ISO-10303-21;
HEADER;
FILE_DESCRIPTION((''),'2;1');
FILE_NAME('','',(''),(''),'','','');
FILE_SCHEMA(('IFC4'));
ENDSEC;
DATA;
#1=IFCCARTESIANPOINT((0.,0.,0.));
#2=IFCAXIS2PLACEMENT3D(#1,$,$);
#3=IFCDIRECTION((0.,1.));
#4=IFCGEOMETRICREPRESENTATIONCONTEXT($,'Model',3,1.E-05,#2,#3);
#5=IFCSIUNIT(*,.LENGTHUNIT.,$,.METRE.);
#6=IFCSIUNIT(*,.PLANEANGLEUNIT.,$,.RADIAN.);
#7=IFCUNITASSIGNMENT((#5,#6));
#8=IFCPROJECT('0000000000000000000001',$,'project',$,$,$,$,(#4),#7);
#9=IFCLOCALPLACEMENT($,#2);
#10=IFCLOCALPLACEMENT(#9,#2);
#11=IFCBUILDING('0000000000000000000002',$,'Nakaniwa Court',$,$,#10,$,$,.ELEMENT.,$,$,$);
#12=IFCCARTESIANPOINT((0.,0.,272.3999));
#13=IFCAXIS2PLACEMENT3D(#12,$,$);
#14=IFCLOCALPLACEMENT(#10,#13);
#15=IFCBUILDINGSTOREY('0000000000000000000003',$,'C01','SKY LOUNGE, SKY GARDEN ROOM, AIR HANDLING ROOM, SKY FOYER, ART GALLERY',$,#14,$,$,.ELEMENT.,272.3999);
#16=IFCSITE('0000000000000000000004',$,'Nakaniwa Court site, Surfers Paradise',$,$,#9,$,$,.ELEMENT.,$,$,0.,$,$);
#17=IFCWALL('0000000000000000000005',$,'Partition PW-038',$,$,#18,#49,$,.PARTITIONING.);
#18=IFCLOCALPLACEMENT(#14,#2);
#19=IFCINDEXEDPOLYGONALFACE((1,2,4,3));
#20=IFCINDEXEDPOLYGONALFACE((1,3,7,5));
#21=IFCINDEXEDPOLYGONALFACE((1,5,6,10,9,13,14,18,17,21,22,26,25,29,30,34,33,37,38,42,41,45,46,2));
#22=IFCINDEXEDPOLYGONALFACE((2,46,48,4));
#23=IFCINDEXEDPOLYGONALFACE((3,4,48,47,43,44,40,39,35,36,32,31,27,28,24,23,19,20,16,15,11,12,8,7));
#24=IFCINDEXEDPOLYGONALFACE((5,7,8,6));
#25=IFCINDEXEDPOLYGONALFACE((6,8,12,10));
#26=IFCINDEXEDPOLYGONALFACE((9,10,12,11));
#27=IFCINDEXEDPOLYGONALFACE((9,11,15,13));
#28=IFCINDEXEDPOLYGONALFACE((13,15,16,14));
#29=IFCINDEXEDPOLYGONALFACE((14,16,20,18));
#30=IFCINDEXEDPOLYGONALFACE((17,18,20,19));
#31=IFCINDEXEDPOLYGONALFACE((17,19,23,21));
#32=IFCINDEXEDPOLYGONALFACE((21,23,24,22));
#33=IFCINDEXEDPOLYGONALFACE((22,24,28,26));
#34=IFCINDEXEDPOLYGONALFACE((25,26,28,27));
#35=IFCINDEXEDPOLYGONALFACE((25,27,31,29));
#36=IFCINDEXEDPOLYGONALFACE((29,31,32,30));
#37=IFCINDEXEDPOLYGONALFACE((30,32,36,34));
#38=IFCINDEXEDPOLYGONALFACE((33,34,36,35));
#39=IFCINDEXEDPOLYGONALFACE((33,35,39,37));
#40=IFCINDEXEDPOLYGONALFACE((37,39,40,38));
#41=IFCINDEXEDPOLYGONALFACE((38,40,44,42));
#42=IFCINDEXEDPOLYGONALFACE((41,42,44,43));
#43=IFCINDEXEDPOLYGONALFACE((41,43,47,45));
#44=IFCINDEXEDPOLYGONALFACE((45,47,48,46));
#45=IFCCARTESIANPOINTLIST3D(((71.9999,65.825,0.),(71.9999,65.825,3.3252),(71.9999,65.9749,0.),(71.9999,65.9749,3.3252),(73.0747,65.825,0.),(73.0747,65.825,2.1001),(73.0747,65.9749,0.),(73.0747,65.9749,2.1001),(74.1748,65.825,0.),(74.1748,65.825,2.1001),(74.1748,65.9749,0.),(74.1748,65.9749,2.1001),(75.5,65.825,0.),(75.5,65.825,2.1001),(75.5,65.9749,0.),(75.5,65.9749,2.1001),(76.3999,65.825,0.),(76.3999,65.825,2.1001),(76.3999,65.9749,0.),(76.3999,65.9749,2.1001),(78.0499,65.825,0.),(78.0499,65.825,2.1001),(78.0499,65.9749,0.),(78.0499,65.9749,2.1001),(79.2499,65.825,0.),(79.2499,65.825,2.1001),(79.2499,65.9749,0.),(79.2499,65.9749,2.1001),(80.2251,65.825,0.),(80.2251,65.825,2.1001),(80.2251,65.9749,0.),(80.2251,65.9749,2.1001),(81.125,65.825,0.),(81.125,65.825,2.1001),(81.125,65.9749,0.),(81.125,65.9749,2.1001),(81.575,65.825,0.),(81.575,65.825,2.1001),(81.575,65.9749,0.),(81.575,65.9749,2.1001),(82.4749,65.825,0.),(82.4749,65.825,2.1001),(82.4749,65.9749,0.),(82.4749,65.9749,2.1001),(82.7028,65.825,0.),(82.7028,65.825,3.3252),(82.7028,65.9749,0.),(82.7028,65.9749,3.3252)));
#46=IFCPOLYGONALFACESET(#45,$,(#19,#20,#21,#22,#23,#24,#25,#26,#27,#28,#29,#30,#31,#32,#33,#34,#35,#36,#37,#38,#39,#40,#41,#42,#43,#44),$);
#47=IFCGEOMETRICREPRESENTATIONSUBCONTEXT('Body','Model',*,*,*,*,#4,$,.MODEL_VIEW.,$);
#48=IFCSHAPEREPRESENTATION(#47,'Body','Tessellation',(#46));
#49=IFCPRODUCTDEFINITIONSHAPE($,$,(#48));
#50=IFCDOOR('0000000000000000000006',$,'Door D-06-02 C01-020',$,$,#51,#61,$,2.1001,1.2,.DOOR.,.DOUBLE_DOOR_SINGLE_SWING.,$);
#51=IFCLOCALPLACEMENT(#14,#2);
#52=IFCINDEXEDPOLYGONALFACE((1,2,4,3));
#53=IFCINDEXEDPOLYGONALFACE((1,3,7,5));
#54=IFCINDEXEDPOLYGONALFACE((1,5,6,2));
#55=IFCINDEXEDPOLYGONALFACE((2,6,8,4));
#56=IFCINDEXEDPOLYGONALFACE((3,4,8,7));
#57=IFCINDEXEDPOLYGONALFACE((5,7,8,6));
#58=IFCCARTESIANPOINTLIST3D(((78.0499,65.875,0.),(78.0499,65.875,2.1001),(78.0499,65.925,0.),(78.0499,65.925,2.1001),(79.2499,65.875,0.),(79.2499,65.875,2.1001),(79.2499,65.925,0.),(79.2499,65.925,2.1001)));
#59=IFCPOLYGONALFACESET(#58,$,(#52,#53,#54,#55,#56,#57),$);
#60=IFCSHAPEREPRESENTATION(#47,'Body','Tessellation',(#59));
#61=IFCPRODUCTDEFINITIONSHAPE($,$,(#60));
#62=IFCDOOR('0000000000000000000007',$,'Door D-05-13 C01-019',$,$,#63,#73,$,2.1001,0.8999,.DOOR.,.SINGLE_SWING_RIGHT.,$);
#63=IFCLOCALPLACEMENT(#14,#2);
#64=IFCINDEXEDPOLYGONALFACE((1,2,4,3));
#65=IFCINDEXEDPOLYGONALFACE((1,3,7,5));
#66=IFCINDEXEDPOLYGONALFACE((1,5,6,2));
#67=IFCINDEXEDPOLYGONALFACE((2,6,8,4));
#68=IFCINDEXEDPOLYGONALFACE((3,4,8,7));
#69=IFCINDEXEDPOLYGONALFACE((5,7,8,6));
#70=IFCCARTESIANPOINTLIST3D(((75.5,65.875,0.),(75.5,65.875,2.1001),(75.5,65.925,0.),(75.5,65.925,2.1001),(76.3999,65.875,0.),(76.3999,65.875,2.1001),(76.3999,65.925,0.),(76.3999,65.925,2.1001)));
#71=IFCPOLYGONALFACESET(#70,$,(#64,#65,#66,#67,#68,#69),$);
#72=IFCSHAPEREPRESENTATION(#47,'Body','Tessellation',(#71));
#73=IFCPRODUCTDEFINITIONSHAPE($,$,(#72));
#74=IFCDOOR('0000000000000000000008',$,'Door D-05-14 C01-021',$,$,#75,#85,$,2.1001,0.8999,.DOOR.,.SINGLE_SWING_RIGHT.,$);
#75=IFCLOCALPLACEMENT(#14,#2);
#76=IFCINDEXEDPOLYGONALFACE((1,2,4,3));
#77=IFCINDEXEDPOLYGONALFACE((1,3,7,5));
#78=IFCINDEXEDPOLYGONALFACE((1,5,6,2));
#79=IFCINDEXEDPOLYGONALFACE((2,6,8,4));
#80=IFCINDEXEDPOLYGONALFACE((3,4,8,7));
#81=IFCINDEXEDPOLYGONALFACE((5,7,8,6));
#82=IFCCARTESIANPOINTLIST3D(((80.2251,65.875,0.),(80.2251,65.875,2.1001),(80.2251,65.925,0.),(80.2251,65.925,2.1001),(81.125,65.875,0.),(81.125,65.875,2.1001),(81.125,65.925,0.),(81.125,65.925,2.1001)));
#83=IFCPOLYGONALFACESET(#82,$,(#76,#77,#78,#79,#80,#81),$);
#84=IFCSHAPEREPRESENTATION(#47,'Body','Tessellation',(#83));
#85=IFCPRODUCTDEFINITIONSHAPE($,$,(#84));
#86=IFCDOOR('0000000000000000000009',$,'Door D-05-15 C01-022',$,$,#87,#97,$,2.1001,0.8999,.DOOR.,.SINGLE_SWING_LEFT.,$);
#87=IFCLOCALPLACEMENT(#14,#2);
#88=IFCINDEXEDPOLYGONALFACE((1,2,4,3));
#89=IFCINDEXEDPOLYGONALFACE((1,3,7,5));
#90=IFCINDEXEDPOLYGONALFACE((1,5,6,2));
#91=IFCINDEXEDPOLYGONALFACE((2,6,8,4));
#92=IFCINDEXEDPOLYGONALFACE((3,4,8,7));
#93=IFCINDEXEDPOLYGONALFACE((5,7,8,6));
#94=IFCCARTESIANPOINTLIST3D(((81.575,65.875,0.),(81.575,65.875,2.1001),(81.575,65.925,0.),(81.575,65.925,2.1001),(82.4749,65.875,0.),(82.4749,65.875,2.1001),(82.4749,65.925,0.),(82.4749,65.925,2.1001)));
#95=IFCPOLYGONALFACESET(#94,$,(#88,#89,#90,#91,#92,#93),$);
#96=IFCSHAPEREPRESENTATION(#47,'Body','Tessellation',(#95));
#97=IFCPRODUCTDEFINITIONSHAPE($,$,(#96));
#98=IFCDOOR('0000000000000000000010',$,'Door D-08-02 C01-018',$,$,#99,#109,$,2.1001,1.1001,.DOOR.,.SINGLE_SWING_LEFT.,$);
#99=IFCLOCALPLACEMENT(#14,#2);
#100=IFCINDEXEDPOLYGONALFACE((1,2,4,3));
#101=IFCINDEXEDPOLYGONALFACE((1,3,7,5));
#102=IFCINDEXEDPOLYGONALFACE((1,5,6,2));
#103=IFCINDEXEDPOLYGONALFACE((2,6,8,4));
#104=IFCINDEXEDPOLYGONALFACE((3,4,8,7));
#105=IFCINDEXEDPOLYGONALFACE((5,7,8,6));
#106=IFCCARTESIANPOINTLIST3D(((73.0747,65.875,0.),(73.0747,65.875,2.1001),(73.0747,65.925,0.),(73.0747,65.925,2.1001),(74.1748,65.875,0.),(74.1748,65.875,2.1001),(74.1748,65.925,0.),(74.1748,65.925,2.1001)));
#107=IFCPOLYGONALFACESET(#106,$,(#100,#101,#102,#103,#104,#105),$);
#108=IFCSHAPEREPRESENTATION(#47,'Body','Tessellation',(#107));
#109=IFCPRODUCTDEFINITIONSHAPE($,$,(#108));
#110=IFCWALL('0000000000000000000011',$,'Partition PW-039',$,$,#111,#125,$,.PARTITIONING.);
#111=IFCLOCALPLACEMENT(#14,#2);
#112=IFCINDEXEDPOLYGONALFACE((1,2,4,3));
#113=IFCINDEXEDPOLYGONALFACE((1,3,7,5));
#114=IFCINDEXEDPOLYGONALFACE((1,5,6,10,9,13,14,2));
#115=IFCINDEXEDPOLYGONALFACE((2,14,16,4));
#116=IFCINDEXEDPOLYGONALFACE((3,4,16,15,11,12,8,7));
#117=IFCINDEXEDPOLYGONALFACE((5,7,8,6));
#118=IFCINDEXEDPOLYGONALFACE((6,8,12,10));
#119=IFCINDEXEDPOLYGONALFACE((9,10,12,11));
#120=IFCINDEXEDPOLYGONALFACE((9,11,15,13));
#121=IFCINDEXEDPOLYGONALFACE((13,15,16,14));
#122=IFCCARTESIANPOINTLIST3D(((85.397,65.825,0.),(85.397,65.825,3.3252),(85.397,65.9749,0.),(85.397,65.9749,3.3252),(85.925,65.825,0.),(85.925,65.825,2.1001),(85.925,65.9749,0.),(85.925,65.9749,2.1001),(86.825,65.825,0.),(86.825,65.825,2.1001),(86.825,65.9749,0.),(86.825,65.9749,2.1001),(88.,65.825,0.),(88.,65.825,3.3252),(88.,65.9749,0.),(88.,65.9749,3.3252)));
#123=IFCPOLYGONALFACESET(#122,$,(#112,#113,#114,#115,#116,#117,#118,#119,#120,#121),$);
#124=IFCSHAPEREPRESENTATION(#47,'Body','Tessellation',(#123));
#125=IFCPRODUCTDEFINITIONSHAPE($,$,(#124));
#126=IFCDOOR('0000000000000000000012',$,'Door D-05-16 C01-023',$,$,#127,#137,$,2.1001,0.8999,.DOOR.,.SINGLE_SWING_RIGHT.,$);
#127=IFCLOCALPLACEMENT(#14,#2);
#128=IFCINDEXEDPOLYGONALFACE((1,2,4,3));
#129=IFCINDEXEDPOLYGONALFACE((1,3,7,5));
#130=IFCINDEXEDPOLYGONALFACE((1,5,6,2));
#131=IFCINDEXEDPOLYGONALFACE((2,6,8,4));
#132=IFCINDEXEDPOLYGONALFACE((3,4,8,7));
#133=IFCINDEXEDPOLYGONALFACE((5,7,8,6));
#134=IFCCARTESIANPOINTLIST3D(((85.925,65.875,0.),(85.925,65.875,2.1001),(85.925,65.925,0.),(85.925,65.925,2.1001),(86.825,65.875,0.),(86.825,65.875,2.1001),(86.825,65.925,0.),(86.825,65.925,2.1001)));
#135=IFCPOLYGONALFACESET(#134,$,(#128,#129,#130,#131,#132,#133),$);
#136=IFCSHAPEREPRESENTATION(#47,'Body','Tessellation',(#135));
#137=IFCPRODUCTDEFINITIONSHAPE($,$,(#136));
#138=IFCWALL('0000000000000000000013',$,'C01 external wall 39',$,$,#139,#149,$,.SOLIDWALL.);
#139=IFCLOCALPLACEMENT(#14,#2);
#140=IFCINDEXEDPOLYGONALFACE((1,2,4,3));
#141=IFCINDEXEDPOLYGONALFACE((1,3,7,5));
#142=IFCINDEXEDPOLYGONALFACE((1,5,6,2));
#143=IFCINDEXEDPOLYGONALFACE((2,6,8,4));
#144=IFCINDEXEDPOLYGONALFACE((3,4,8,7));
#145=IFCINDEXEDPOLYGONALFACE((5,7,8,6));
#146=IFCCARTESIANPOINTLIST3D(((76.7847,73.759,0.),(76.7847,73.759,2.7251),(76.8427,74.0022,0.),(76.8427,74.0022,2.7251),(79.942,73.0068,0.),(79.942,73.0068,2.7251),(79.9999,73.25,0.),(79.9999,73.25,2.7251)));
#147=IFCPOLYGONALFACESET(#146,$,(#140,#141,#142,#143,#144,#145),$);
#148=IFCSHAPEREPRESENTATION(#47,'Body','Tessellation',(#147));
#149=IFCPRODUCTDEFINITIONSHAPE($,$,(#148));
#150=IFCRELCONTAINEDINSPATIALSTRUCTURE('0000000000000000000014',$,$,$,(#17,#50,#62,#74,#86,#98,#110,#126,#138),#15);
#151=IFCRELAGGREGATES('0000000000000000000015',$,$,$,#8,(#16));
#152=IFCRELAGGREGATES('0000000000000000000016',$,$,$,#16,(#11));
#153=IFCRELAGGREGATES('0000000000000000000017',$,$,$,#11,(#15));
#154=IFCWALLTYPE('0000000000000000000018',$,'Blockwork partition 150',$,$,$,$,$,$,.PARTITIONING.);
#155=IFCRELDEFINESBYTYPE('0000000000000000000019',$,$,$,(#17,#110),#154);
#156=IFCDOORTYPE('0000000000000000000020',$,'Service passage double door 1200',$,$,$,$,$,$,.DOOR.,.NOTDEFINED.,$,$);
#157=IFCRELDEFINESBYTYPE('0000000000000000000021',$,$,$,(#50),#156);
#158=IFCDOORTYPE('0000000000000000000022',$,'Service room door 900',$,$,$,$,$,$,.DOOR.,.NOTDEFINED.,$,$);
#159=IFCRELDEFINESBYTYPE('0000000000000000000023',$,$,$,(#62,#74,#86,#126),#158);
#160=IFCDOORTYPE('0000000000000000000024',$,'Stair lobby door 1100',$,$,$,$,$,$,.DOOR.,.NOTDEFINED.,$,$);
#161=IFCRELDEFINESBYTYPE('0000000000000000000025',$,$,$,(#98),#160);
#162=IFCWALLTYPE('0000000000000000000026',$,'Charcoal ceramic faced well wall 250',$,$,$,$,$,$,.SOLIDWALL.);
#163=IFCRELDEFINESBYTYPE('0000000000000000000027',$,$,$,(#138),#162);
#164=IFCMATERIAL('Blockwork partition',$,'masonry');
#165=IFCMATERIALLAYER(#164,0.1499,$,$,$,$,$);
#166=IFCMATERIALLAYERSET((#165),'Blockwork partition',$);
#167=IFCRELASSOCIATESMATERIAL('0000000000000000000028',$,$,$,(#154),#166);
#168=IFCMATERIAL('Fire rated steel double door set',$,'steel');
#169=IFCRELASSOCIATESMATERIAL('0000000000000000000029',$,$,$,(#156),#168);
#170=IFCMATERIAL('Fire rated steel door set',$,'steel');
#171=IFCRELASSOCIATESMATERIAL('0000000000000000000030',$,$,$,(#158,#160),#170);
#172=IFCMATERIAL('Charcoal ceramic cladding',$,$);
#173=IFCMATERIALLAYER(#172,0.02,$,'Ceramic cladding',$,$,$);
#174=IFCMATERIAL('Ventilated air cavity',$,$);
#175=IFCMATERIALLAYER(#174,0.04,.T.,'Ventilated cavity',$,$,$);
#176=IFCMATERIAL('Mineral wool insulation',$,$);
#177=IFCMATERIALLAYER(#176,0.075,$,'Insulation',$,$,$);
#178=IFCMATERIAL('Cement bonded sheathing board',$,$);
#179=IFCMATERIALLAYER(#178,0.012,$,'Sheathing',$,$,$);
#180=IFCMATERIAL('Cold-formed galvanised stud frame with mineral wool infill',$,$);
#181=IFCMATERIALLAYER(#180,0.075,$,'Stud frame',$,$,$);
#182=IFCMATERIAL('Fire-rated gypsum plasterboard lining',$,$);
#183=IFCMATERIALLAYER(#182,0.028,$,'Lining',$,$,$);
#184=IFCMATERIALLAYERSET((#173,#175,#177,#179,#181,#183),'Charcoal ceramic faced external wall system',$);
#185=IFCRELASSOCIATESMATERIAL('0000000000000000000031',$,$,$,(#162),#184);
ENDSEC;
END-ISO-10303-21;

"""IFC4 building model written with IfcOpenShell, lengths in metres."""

from ifc_helpers import new_model, si_unit, direction, frame, frame_2d, origin, place, context, subcontext, project, spatial, rectangle, extrude, material, layer, layer_set, type_object, element, fill, save


model = new_model("IFC4")

# Units and contexts
model_context = context("Model", 3, precision=1e-05, world=origin(), true_north=direction((0.0, 1.0)))
body_context = subcontext(model_context, "Body", "Model", "MODEL_VIEW")
ifc_project = project(units=[si_unit("LENGTHUNIT", "METRE"), si_unit("PLANEANGLEUNIT", "RADIAN")], contexts=[model_context])

# Site, building, storey
site_placement = place(None, origin())
site = spatial("IfcSite", under=ifc_project, at=site_placement, Name="Nakaniwa Court site, Surfers Paradise", CompositionType="ELEMENT", RefElevation=0.0)
building_placement = place(site_placement, origin())
building = spatial("IfcBuilding", under=site, at=building_placement, Name="Nakaniwa Court", CompositionType="ELEMENT")
storey_placement = place(building_placement, frame((0.0, 0.0, 272.3999)))
storey = spatial("IfcBuildingStorey", under=building, at=storey_placement, Name="C01", Description="SKY LOUNGE, SKY GARDEN ROOM, AIR HANDLING ROOM, SKY FOYER, ART GALLERY", CompositionType="ELEMENT", Elevation=272.3999)

# Shared definitions
ifc_material_1 = material(Name="Blockwork partition", Category="masonry")
ifc_layer_1 = layer(ifc_material_1, 0.1499)
ifc_layer_set_1 = layer_set([ifc_layer_1], Name="Blockwork partition")
wall_type_1 = type_object("IfcWallType", Name="Blockwork partition 150", PredefinedType="PARTITIONING", material=ifc_layer_set_1)

# Wall, openings, doors
wall_1_placement = place(storey_placement, frame((82.7029, 65.8999, 0.0), z_axis=(0.0, 0.0, 1.0), x_axis=(-1.0, 0.0, 0.0)))
wall_1 = element("IfcWall", 1, at=wall_1_placement, inside=storey, type_object=wall_type_1, Name="Partition PW-038", PredefinedType="PARTITIONING", context=body_context, shape_type="SweptSolid", body=[
    extrude(rectangle(XDim=10.7029, YDim=0.1499, at=frame_2d((5.3516, 0.0))), origin(), (0.0, 0.0, 1.0), 3.3252),
])
opening_1_placement = place(wall_1_placement, frame((8.5281, 0.0, 0.0)))
opening_1 = element("IfcOpeningElement", 2, at=opening_1_placement, cuts=wall_1, PredefinedType="OPENING", context=body_context, shape_type="SweptSolid", body=[
    extrude(rectangle(XDim=1.1001, YDim=2.1001, at=frame_2d((0.55, 1.05))), frame((0.0, 0.085, 0.0), z_axis=(0.0, -1.0, 0.0), x_axis=(1.0, 0.0, 0.0)), (0.0, 0.0, 1.0), 0.1699),
])
opening_2_placement = place(wall_1_placement, frame((6.303, 0.0, 0.0)))
opening_2 = element("IfcOpeningElement", 3, at=opening_2_placement, cuts=wall_1, PredefinedType="OPENING", context=body_context, shape_type="SweptSolid", body=[
    extrude(rectangle(XDim=0.8999, YDim=2.1001, at=frame_2d((0.45, 1.05))), frame((0.0, 0.085, 0.0), z_axis=(0.0, -1.0, 0.0), x_axis=(1.0, 0.0, 0.0)), (0.0, 0.0, 1.0), 0.1699),
])
opening_3_placement = place(wall_1_placement, frame((3.4529, 0.0, 0.0)))
opening_3 = element("IfcOpeningElement", 4, at=opening_3_placement, cuts=wall_1, PredefinedType="OPENING", context=body_context, shape_type="SweptSolid", body=[
    extrude(rectangle(XDim=1.2, YDim=2.1001, at=frame_2d((0.6001, 1.05))), frame((0.0, 0.085, 0.0), z_axis=(0.0, -1.0, 0.0), x_axis=(1.0, 0.0, 0.0)), (0.0, 0.0, 1.0), 0.1699),
])
opening_4_placement = place(wall_1_placement, frame((1.5779, 0.0, 0.0)))
opening_4 = element("IfcOpeningElement", 5, at=opening_4_placement, cuts=wall_1, PredefinedType="OPENING", context=body_context, shape_type="SweptSolid", body=[
    extrude(rectangle(XDim=0.8999, YDim=2.1001, at=frame_2d((0.45, 1.05))), frame((0.0, 0.085, 0.0), z_axis=(0.0, -1.0, 0.0), x_axis=(1.0, 0.0, 0.0)), (0.0, 0.0, 1.0), 0.1699),
])
opening_5_placement = place(wall_1_placement, frame((0.228, 0.0, 0.0)))
opening_5 = element("IfcOpeningElement", 6, at=opening_5_placement, cuts=wall_1, PredefinedType="OPENING", context=body_context, shape_type="SweptSolid", body=[
    extrude(rectangle(XDim=0.8999, YDim=2.1001, at=frame_2d((0.45, 1.05))), frame((0.0, 0.085, 0.0), z_axis=(0.0, -1.0, 0.0), x_axis=(1.0, 0.0, 0.0)), (0.0, 0.0, 1.0), 0.1699),
])
ifc_material_2 = material(Name="Fire rated steel double door set", Category="steel")
door_type_1 = type_object("IfcDoorType", Name="Service passage double door 1200", OperationType="NOTDEFINED", PredefinedType="DOOR", material=ifc_material_2)
door_1_placement = place(opening_3_placement, origin())
door_1 = element("IfcDoor", 7, at=door_1_placement, inside=storey, type_object=door_type_1, Name="Door D-06-02 C01-020", OperationType="DOUBLE_DOOR_SINGLE_SWING", OverallHeight=2.1001, OverallWidth=1.2, PredefinedType="DOOR", context=body_context, shape_type="SweptSolid", body=[
    extrude(rectangle(XDim=1.2, YDim=2.1001, at=frame_2d((0.6001, 1.05))), frame((0.0, 0.0249, 0.0), z_axis=(0.0, -1.0, 0.0), x_axis=(1.0, 0.0, 0.0)), (0.0, 0.0, 1.0), 0.05),
])
fill(opening_3, door_1)
ifc_material_3 = material(Name="Fire rated steel door set", Category="steel")
door_type_2 = type_object("IfcDoorType", Name="Service room door 900", OperationType="NOTDEFINED", PredefinedType="DOOR", material=ifc_material_3)
door_2_placement = place(opening_2_placement, origin())
door_2 = element("IfcDoor", 8, at=door_2_placement, inside=storey, type_object=door_type_2, Name="Door D-05-13 C01-019", OperationType="SINGLE_SWING_RIGHT", OverallHeight=2.1001, OverallWidth=0.8999, PredefinedType="DOOR", context=body_context, shape_type="SweptSolid", body=[
    extrude(rectangle(XDim=0.8999, YDim=2.1001, at=frame_2d((0.45, 1.05))), frame((0.0, 0.0249, 0.0), z_axis=(0.0, -1.0, 0.0), x_axis=(1.0, 0.0, 0.0)), (0.0, 0.0, 1.0), 0.05),
])
fill(opening_2, door_2)
door_3_placement = place(opening_4_placement, origin())
door_3 = element("IfcDoor", 9, at=door_3_placement, inside=storey, type_object=door_type_2, Name="Door D-05-14 C01-021", OperationType="SINGLE_SWING_RIGHT", OverallHeight=2.1001, OverallWidth=0.8999, PredefinedType="DOOR", context=body_context, shape_type="SweptSolid", body=[
    extrude(rectangle(XDim=0.8999, YDim=2.1001, at=frame_2d((0.45, 1.05))), frame((0.0, 0.0249, 0.0), z_axis=(0.0, -1.0, 0.0), x_axis=(1.0, 0.0, 0.0)), (0.0, 0.0, 1.0), 0.05),
])
fill(opening_4, door_3)
door_4_placement = place(opening_5_placement, origin())
door_4 = element("IfcDoor", 10, at=door_4_placement, inside=storey, type_object=door_type_2, Name="Door D-05-15 C01-022", OperationType="SINGLE_SWING_LEFT", OverallHeight=2.1001, OverallWidth=0.8999, PredefinedType="DOOR", context=body_context, shape_type="SweptSolid", body=[
    extrude(rectangle(XDim=0.8999, YDim=2.1001, at=frame_2d((0.45, 1.05))), frame((0.0, 0.0249, 0.0), z_axis=(0.0, -1.0, 0.0), x_axis=(1.0, 0.0, 0.0)), (0.0, 0.0, 1.0), 0.05),
])
fill(opening_5, door_4)
door_type_3 = type_object("IfcDoorType", Name="Stair lobby door 1100", OperationType="NOTDEFINED", PredefinedType="DOOR", material=ifc_material_3)
door_5_placement = place(opening_1_placement, origin())
door_5 = element("IfcDoor", 11, at=door_5_placement, inside=storey, type_object=door_type_3, Name="Door D-08-02 C01-018", OperationType="SINGLE_SWING_LEFT", OverallHeight=2.1001, OverallWidth=1.1001, PredefinedType="DOOR", context=body_context, shape_type="SweptSolid", body=[
    extrude(rectangle(XDim=1.1001, YDim=2.1001, at=frame_2d((0.55, 1.05))), frame((0.0, 0.0249, 0.0), z_axis=(0.0, -1.0, 0.0), x_axis=(1.0, 0.0, 0.0)), (0.0, 0.0, 1.0), 0.05),
])
fill(opening_1, door_5)

# Wall, opening, door
wall_2_placement = place(storey_placement, frame((88.0, 65.8999, 0.0), z_axis=(0.0, 0.0, 1.0), x_axis=(-1.0, 0.0, 0.0)))
wall_2 = element("IfcWall", 12, at=wall_2_placement, inside=storey, type_object=wall_type_1, Name="Partition PW-039", PredefinedType="PARTITIONING", context=body_context, shape_type="SweptSolid", body=[
    extrude(rectangle(XDim=2.603, YDim=0.1499, at=frame_2d((1.3015, 0.0))), origin(), (0.0, 0.0, 1.0), 3.3252),
])
opening_6_placement = place(wall_2_placement, frame((1.175, 0.0, 0.0)))
opening_6 = element("IfcOpeningElement", 13, at=opening_6_placement, cuts=wall_2, PredefinedType="OPENING", context=body_context, shape_type="SweptSolid", body=[
    extrude(rectangle(XDim=0.8999, YDim=2.1001, at=frame_2d((0.45, 1.05))), frame((0.0, 0.085, 0.0), z_axis=(0.0, -1.0, 0.0), x_axis=(1.0, 0.0, 0.0)), (0.0, 0.0, 1.0), 0.1699),
])
door_6_placement = place(opening_6_placement, origin())
door_6 = element("IfcDoor", 14, at=door_6_placement, inside=storey, type_object=door_type_2, Name="Door D-05-16 C01-023", OperationType="SINGLE_SWING_RIGHT", OverallHeight=2.1001, OverallWidth=0.8999, PredefinedType="DOOR", context=body_context, shape_type="SweptSolid", body=[
    extrude(rectangle(XDim=0.8999, YDim=2.1001, at=frame_2d((0.45, 1.05))), frame((0.0, 0.0249, 0.0), z_axis=(0.0, -1.0, 0.0), x_axis=(1.0, 0.0, 0.0)), (0.0, 0.0, 1.0), 0.05),
])
fill(opening_6, door_6)

# Wall
ifc_material_4 = material(Name="Charcoal ceramic cladding")
ifc_layer_2 = layer(ifc_material_4, 0.02, Name="Ceramic cladding")
ifc_material_5 = material(Name="Ventilated air cavity")
ifc_layer_3 = layer(ifc_material_5, 0.04, ventilated=True, Name="Ventilated cavity")
ifc_material_6 = material(Name="Mineral wool insulation")
ifc_layer_4 = layer(ifc_material_6, 0.075, Name="Insulation")
ifc_material_7 = material(Name="Cement bonded sheathing board")
ifc_layer_5 = layer(ifc_material_7, 0.012, Name="Sheathing")
ifc_material_8 = material(Name="Cold-formed galvanised stud frame with mineral wool infill")
ifc_layer_6 = layer(ifc_material_8, 0.075, Name="Stud frame")
ifc_material_9 = material(Name="Fire-rated gypsum plasterboard lining")
ifc_layer_7 = layer(ifc_material_9, 0.028, Name="Lining")
ifc_layer_set_2 = layer_set([ifc_layer_2, ifc_layer_3, ifc_layer_4, ifc_layer_5, ifc_layer_6, ifc_layer_7], Name="Charcoal ceramic faced external wall system")
wall_type_2 = type_object("IfcWallType", Name="Charcoal ceramic faced well wall 250", PredefinedType="SOLIDWALL", material=ifc_layer_set_2)
wall_3_placement = place(storey_placement, frame((79.9709, 73.1284, 0.0), z_axis=(0.0, 0.0, 1.0), x_axis=(-0.972773, 0.23176, 0.0)))
element("IfcWall", 15, at=wall_3_placement, inside=storey, type_object=wall_type_2, Name="C01 external wall 39", PredefinedType="SOLIDWALL", context=body_context, shape_type="SweptSolid", body=[
    extrude(rectangle(XDim=3.2456, YDim=0.25, at=frame_2d((1.6228, 0.0))), origin(), (0.0, 0.0, 1.0), 2.7251),
])

save(model, "model.ifc")
